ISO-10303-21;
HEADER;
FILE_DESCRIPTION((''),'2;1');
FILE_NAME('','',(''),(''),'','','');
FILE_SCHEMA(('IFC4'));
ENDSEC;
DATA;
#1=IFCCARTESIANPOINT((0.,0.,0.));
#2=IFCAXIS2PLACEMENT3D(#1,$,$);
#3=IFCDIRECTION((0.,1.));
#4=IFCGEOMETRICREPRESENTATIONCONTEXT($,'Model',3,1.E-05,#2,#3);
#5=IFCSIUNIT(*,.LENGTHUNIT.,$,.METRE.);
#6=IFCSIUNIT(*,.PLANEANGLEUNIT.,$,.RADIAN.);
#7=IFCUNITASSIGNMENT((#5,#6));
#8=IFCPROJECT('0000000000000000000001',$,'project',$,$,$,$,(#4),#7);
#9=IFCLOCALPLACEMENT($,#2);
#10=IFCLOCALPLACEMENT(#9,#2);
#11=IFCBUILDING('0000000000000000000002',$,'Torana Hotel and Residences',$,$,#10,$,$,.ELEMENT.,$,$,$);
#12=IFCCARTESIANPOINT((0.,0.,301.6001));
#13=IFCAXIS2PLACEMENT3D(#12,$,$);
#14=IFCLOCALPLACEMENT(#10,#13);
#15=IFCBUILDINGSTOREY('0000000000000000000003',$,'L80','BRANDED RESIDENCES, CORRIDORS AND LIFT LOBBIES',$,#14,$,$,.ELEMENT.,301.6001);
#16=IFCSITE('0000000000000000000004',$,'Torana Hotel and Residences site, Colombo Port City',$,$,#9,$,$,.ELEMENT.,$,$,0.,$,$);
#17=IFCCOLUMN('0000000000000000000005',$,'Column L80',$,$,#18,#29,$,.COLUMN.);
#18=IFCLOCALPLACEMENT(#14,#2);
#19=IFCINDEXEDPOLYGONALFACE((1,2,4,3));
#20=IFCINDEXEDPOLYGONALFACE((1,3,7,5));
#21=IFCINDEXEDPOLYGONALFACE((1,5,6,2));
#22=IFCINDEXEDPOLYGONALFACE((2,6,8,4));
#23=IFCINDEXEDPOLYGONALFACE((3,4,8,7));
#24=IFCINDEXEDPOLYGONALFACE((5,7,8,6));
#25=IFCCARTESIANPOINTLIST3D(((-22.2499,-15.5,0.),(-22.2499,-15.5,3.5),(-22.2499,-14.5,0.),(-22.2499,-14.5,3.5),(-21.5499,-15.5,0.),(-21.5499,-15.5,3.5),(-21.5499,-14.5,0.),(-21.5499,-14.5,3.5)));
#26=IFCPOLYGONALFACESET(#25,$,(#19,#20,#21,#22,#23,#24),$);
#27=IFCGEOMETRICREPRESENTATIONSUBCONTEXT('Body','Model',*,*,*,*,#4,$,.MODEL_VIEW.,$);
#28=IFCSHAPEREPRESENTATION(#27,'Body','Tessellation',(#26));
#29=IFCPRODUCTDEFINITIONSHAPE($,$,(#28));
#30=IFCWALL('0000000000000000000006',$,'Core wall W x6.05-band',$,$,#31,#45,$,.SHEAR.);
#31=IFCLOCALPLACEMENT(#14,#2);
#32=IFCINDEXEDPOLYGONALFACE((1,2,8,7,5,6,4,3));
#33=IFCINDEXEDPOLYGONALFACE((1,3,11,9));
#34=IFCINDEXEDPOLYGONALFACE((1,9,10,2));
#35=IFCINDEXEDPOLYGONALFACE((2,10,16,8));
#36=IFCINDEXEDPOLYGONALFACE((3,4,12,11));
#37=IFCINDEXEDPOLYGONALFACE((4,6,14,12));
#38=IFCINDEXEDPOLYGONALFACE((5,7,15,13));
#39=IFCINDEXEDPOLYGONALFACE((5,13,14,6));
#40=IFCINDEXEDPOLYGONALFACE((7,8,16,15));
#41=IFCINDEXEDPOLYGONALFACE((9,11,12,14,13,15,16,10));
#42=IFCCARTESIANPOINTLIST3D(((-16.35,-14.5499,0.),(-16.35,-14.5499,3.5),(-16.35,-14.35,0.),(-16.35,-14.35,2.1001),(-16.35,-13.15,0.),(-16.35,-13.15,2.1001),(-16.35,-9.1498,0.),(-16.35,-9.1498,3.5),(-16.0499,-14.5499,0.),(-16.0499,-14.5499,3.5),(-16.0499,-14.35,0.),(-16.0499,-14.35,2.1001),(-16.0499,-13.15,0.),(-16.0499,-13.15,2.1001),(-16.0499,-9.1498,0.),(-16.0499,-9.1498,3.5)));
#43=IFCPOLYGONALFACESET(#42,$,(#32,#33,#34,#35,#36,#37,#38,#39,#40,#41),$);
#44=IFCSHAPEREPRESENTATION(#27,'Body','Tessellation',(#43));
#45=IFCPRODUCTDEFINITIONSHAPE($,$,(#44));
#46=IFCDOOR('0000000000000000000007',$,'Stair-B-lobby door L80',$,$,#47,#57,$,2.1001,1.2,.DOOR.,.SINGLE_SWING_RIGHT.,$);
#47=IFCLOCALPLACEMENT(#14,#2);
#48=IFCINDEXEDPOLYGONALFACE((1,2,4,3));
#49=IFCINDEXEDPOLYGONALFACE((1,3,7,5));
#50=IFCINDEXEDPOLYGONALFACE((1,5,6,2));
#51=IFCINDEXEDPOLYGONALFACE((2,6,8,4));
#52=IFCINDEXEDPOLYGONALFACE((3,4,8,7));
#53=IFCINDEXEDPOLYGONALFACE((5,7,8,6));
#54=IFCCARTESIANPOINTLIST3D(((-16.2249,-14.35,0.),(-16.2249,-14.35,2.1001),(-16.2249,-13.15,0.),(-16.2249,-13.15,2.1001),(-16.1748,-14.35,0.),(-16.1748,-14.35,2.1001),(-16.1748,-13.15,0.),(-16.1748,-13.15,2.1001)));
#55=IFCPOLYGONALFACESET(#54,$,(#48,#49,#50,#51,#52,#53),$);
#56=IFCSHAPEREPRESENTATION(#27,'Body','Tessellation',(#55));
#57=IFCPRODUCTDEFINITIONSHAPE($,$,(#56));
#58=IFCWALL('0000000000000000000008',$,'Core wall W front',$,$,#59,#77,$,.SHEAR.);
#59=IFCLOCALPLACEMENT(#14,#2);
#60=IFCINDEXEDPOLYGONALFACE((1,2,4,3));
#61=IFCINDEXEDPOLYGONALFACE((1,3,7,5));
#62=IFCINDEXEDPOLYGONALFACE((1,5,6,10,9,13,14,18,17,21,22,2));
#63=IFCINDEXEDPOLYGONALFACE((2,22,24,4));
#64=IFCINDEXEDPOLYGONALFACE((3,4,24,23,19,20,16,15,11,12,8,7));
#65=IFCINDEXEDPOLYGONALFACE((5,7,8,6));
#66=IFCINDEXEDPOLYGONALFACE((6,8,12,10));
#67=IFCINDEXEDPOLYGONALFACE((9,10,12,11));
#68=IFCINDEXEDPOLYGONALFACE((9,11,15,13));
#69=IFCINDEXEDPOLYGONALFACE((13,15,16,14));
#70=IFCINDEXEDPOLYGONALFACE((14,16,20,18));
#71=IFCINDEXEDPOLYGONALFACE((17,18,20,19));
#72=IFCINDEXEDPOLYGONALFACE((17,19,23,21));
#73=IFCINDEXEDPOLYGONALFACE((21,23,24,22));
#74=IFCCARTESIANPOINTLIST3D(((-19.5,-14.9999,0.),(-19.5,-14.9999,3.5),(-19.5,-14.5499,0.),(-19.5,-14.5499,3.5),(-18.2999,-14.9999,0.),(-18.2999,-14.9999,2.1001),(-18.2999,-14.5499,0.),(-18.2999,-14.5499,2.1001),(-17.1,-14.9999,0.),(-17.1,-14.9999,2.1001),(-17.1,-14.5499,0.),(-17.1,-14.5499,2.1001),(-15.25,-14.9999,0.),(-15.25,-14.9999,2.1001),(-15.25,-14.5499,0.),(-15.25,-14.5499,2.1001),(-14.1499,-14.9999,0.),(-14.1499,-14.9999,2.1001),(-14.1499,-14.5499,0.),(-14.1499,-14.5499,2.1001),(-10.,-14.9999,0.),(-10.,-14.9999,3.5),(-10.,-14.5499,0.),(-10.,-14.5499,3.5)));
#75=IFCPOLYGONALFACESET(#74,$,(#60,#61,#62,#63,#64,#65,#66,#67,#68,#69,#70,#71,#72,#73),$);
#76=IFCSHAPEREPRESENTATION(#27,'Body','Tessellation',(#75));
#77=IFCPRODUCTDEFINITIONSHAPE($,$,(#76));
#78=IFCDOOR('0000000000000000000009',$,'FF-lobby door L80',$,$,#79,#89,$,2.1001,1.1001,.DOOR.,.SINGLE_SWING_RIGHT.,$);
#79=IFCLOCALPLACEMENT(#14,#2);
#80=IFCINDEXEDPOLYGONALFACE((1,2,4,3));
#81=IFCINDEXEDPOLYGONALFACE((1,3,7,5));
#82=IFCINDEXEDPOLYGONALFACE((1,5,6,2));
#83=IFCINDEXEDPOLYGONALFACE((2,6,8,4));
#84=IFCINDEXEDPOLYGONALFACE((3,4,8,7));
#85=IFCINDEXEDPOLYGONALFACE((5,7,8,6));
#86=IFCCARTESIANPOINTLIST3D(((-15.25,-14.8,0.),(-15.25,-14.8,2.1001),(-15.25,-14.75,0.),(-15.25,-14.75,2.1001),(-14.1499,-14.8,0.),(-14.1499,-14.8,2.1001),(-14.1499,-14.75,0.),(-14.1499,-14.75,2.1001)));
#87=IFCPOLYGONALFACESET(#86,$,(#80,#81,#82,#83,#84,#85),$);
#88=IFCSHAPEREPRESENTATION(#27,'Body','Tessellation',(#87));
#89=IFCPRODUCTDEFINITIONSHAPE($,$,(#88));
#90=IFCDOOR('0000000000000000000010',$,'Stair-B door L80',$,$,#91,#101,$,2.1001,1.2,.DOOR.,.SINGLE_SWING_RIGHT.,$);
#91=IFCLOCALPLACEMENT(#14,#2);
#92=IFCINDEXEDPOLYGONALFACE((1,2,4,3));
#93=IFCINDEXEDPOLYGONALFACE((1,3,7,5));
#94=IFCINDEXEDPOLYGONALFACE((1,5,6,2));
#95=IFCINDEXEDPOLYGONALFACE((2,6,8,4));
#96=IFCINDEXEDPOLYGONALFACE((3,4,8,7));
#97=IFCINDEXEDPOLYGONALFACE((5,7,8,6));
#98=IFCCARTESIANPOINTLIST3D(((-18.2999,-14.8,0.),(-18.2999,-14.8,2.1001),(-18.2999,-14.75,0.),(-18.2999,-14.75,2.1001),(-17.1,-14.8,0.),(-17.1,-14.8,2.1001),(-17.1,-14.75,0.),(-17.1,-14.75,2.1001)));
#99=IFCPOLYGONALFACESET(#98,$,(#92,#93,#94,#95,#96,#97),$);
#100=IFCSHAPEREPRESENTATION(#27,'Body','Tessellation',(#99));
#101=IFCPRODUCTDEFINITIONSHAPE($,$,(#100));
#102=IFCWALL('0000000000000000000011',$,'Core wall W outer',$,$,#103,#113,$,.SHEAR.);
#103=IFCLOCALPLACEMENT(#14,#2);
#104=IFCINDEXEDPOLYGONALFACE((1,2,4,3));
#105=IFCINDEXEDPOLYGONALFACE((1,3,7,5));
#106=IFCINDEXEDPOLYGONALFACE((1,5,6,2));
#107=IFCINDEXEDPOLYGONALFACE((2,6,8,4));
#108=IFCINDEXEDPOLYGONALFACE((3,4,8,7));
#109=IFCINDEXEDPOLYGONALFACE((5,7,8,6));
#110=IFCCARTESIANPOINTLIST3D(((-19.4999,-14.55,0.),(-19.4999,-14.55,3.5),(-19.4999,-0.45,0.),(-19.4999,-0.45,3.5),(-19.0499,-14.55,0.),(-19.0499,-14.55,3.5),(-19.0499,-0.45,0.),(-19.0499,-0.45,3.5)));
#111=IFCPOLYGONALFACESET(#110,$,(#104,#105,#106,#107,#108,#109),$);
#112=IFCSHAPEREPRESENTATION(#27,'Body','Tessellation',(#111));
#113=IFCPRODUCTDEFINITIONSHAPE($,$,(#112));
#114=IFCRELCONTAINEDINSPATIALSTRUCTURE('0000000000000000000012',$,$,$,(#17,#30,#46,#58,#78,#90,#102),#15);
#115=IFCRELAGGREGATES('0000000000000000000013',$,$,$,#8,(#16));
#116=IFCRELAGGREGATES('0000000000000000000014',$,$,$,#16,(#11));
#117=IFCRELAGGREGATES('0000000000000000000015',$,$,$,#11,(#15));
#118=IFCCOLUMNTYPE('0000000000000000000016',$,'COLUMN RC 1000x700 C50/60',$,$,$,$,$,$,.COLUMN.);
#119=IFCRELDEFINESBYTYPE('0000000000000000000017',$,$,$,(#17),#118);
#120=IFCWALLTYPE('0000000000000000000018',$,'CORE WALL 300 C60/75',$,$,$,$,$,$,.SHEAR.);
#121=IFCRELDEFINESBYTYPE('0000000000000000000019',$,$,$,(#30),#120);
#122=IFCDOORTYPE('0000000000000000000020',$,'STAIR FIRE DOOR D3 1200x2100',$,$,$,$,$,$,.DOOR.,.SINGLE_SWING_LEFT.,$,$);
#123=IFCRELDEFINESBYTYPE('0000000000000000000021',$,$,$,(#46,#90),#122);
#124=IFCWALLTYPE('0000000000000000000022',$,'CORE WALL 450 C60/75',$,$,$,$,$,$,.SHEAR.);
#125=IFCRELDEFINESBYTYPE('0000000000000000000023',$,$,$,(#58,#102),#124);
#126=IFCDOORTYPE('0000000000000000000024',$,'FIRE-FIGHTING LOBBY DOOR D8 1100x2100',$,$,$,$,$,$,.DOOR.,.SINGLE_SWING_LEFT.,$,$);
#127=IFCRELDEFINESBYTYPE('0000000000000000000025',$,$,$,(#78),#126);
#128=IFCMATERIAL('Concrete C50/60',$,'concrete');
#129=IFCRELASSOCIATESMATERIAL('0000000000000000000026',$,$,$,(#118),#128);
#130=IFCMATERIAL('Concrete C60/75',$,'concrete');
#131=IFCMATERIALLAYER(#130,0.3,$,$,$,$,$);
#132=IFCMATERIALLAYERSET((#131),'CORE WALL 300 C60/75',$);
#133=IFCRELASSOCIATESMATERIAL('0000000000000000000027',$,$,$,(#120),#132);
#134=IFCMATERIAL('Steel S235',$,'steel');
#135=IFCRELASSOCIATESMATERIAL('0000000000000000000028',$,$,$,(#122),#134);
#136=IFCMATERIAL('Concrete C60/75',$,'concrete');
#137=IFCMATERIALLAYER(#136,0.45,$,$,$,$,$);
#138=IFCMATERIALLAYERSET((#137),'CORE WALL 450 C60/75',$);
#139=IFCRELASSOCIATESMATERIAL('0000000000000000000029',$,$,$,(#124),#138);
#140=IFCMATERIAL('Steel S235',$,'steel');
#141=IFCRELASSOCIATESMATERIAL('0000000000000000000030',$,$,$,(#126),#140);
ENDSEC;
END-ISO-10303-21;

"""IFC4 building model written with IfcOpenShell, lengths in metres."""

from ifc_helpers import new_model, si_unit, direction, frame, frame_2d, origin, origin_2d, place, context, subcontext, project, spatial, rectangle, extrude, material, layer, layer_set, material_profile, profile_set, type_object, element, fill, save


model = new_model("IFC4")

# Units and contexts
model_context = context("Model", 3, precision=1e-05, world=origin(), true_north=direction((0.0, 1.0)))
body_context = subcontext(model_context, "Body", "Model", "MODEL_VIEW")
ifc_project = project(units=[si_unit("LENGTHUNIT", "METRE"), si_unit("PLANEANGLEUNIT", "RADIAN")], contexts=[model_context])

# Site, building, storey
site_placement = place(None, origin())
site = spatial("IfcSite", under=ifc_project, at=site_placement, Name="Torana Hotel and Residences site, Colombo Port City", CompositionType="ELEMENT", RefElevation=0.0)
building_placement = place(site_placement, origin())
building = spatial("IfcBuilding", under=site, at=building_placement, Name="Torana Hotel and Residences", CompositionType="ELEMENT")
storey_placement = place(building_placement, frame((0.0, 0.0, 301.6001)))
storey = spatial("IfcBuildingStorey", under=building, at=storey_placement, Name="L80", Description="BRANDED RESIDENCES, CORRIDORS AND LIFT LOBBIES", CompositionType="ELEMENT", Elevation=301.6001)

# Column
ifc_material_1 = material(Name="Concrete C50/60", Category="concrete")
ifc_material_profile = material_profile(ifc_material_1, rectangle(XDim=1.0, YDim=0.7, at=origin_2d()), Name="RC 1000x700")
ifc_profile_set = profile_set([ifc_material_profile], Name="Concrete C50/60")
column_type = type_object("IfcColumnType", Name="COLUMN RC 1000x700 C50/60", PredefinedType="COLUMN", material=ifc_profile_set)
column_placement = place(storey_placement, frame((-21.8999, -15.0, 0.0), z_axis=(0.0, 0.0, 1.0), x_axis=(0.0, 1.0, 0.0)))
element("IfcColumn", 1, at=column_placement, inside=storey, type_object=column_type, Name="Column L80", PredefinedType="COLUMN", context=body_context, shape_type="SweptSolid", body=[
    extrude(rectangle(XDim=1.0, YDim=0.7, at=origin_2d()), origin(), (0.0, 0.0, 1.0), 3.5),
])

# Wall, opening, door
ifc_material_2 = material(Name="Concrete C60/75", Category="concrete")
ifc_layer_1 = layer(ifc_material_2, 0.3)
ifc_layer_set_1 = layer_set([ifc_layer_1], Name="CORE WALL 300 C60/75")
wall_type_1 = type_object("IfcWallType", Name="CORE WALL 300 C60/75", PredefinedType="SHEAR", material=ifc_layer_set_1)
wall_1_placement = place(storey_placement, frame((-16.2, -14.55, 0.0), z_axis=(0.0, 0.0, 1.0), x_axis=(0.0, 1.0, 0.0)))
wall_1 = element("IfcWall", 2, at=wall_1_placement, inside=storey, type_object=wall_type_1, Name="Core wall W x6.05-band", PredefinedType="SHEAR", context=body_context, shape_type="SweptSolid", body=[
    extrude(rectangle(XDim=5.4001, YDim=0.3, at=frame_2d((2.7002, 0.0))), origin(), (0.0, 0.0, 1.0), 3.5),
])
opening_1_placement = place(wall_1_placement, frame((0.2, 0.0, 0.0)))
opening_1 = element("IfcOpeningElement", 3, at=opening_1_placement, cuts=wall_1, PredefinedType="OPENING", context=body_context, shape_type="SweptSolid", body=[
    extrude(rectangle(XDim=1.2, YDim=2.1001, at=frame_2d((0.6001, 1.05))), frame((0.0, 0.1599, 0.0), z_axis=(0.0, -1.0, 0.0), x_axis=(1.0, 0.0, 0.0)), (0.0, 0.0, 1.0), 0.3201),
])
ifc_material_3 = material(Name="Steel S235", Category="steel")
door_type_1 = type_object("IfcDoorType", Name="STAIR FIRE DOOR D3 1200x2100", OperationType="SINGLE_SWING_LEFT", PredefinedType="DOOR", material=ifc_material_3)
door_1_placement = place(opening_1_placement, origin())
door_1 = element("IfcDoor", 4, at=door_1_placement, inside=storey, type_object=door_type_1, Name="Stair-B-lobby door L80", OperationType="SINGLE_SWING_RIGHT", OverallHeight=2.1001, OverallWidth=1.2, PredefinedType="DOOR", context=body_context, shape_type="SweptSolid", body=[
    extrude(rectangle(XDim=1.2, YDim=2.1001, at=frame_2d((0.6001, 1.05))), frame((0.0, 0.0249, 0.0), z_axis=(0.0, -1.0, 0.0), x_axis=(1.0, 0.0, 0.0)), (0.0, 0.0, 1.0), 0.05),
])
fill(opening_1, door_1)

# Wall, openings, doors
ifc_material_4 = material(Name="Concrete C60/75", Category="concrete")
ifc_layer_2 = layer(ifc_material_4, 0.45)
ifc_layer_set_2 = layer_set([ifc_layer_2], Name="CORE WALL 450 C60/75")
wall_type_2 = type_object("IfcWallType", Name="CORE WALL 450 C60/75", PredefinedType="SHEAR", material=ifc_layer_set_2)
wall_2_placement = place(storey_placement, frame((-19.5, -14.7749, 0.0), z_axis=(0.0, 0.0, 1.0), x_axis=(1.0, 0.0, 0.0)))
wall_2 = element("IfcWall", 5, at=wall_2_placement, inside=storey, type_object=wall_type_2, Name="Core wall W front", PredefinedType="SHEAR", context=body_context, shape_type="SweptSolid", body=[
    extrude(rectangle(XDim=9.5, YDim=0.45, at=frame_2d((4.75, 0.0))), origin(), (0.0, 0.0, 1.0), 3.5),
])
opening_2_placement = place(wall_2_placement, frame((1.2, 0.0, 0.0)))
opening_2 = element("IfcOpeningElement", 6, at=opening_2_placement, cuts=wall_2, PredefinedType="OPENING", context=body_context, shape_type="SweptSolid", body=[
    extrude(rectangle(XDim=1.2, YDim=2.1001, at=frame_2d((0.6001, 1.05))), frame((0.0, 0.2349, 0.0), z_axis=(0.0, -1.0, 0.0), x_axis=(1.0, 0.0, 0.0)), (0.0, 0.0, 1.0), 0.47),
])
opening_3_placement = place(wall_2_placement, frame((4.25, 0.0, 0.0)))
opening_3 = element("IfcOpeningElement", 7, at=opening_3_placement, cuts=wall_2, PredefinedType="OPENING", context=body_context, shape_type="SweptSolid", body=[
    extrude(rectangle(XDim=1.1001, YDim=2.1001, at=frame_2d((0.55, 1.05))), frame((0.0, 0.2349, 0.0), z_axis=(0.0, -1.0, 0.0), x_axis=(1.0, 0.0, 0.0)), (0.0, 0.0, 1.0), 0.47),
])
ifc_material_5 = material(Name="Steel S235", Category="steel")
door_type_2 = type_object("IfcDoorType", Name="FIRE-FIGHTING LOBBY DOOR D8 1100x2100", OperationType="SINGLE_SWING_LEFT", PredefinedType="DOOR", material=ifc_material_5)
door_2_placement = place(opening_3_placement, origin())
door_2 = element("IfcDoor", 8, at=door_2_placement, inside=storey, type_object=door_type_2, Name="FF-lobby door L80", OperationType="SINGLE_SWING_RIGHT", OverallHeight=2.1001, OverallWidth=1.1001, PredefinedType="DOOR", context=body_context, shape_type="SweptSolid", body=[
    extrude(rectangle(XDim=1.1001, YDim=2.1001, at=frame_2d((0.55, 1.05))), frame((0.0, 0.0249, 0.0), z_axis=(0.0, -1.0, 0.0), x_axis=(1.0, 0.0, 0.0)), (0.0, 0.0, 1.0), 0.05),
])
fill(opening_3, door_2)
door_3_placement = place(opening_2_placement, origin())
door_3 = element("IfcDoor", 9, at=door_3_placement, inside=storey, type_object=door_type_1, Name="Stair-B door L80", OperationType="SINGLE_SWING_RIGHT", OverallHeight=2.1001, OverallWidth=1.2, PredefinedType="DOOR", context=body_context, shape_type="SweptSolid", body=[
    extrude(rectangle(XDim=1.2, YDim=2.1001, at=frame_2d((0.6001, 1.05))), frame((0.0, 0.0249, 0.0), z_axis=(0.0, -1.0, 0.0), x_axis=(1.0, 0.0, 0.0)), (0.0, 0.0, 1.0), 0.05),
])
fill(opening_2, door_3)

# Wall
wall_3_placement = place(storey_placement, frame((-19.2749, -14.55, 0.0), z_axis=(0.0, 0.0, 1.0), x_axis=(0.0, 1.0, 0.0)))
element("IfcWall", 10, at=wall_3_placement, inside=storey, type_object=wall_type_2, Name="Core wall W outer", PredefinedType="SHEAR", context=body_context, shape_type="SweptSolid", body=[
    extrude(rectangle(XDim=14.1001, YDim=0.45, at=frame_2d((7.05, 0.0))), origin(), (0.0, 0.0, 1.0), 3.5),
])

save(model, "model.ifc")
